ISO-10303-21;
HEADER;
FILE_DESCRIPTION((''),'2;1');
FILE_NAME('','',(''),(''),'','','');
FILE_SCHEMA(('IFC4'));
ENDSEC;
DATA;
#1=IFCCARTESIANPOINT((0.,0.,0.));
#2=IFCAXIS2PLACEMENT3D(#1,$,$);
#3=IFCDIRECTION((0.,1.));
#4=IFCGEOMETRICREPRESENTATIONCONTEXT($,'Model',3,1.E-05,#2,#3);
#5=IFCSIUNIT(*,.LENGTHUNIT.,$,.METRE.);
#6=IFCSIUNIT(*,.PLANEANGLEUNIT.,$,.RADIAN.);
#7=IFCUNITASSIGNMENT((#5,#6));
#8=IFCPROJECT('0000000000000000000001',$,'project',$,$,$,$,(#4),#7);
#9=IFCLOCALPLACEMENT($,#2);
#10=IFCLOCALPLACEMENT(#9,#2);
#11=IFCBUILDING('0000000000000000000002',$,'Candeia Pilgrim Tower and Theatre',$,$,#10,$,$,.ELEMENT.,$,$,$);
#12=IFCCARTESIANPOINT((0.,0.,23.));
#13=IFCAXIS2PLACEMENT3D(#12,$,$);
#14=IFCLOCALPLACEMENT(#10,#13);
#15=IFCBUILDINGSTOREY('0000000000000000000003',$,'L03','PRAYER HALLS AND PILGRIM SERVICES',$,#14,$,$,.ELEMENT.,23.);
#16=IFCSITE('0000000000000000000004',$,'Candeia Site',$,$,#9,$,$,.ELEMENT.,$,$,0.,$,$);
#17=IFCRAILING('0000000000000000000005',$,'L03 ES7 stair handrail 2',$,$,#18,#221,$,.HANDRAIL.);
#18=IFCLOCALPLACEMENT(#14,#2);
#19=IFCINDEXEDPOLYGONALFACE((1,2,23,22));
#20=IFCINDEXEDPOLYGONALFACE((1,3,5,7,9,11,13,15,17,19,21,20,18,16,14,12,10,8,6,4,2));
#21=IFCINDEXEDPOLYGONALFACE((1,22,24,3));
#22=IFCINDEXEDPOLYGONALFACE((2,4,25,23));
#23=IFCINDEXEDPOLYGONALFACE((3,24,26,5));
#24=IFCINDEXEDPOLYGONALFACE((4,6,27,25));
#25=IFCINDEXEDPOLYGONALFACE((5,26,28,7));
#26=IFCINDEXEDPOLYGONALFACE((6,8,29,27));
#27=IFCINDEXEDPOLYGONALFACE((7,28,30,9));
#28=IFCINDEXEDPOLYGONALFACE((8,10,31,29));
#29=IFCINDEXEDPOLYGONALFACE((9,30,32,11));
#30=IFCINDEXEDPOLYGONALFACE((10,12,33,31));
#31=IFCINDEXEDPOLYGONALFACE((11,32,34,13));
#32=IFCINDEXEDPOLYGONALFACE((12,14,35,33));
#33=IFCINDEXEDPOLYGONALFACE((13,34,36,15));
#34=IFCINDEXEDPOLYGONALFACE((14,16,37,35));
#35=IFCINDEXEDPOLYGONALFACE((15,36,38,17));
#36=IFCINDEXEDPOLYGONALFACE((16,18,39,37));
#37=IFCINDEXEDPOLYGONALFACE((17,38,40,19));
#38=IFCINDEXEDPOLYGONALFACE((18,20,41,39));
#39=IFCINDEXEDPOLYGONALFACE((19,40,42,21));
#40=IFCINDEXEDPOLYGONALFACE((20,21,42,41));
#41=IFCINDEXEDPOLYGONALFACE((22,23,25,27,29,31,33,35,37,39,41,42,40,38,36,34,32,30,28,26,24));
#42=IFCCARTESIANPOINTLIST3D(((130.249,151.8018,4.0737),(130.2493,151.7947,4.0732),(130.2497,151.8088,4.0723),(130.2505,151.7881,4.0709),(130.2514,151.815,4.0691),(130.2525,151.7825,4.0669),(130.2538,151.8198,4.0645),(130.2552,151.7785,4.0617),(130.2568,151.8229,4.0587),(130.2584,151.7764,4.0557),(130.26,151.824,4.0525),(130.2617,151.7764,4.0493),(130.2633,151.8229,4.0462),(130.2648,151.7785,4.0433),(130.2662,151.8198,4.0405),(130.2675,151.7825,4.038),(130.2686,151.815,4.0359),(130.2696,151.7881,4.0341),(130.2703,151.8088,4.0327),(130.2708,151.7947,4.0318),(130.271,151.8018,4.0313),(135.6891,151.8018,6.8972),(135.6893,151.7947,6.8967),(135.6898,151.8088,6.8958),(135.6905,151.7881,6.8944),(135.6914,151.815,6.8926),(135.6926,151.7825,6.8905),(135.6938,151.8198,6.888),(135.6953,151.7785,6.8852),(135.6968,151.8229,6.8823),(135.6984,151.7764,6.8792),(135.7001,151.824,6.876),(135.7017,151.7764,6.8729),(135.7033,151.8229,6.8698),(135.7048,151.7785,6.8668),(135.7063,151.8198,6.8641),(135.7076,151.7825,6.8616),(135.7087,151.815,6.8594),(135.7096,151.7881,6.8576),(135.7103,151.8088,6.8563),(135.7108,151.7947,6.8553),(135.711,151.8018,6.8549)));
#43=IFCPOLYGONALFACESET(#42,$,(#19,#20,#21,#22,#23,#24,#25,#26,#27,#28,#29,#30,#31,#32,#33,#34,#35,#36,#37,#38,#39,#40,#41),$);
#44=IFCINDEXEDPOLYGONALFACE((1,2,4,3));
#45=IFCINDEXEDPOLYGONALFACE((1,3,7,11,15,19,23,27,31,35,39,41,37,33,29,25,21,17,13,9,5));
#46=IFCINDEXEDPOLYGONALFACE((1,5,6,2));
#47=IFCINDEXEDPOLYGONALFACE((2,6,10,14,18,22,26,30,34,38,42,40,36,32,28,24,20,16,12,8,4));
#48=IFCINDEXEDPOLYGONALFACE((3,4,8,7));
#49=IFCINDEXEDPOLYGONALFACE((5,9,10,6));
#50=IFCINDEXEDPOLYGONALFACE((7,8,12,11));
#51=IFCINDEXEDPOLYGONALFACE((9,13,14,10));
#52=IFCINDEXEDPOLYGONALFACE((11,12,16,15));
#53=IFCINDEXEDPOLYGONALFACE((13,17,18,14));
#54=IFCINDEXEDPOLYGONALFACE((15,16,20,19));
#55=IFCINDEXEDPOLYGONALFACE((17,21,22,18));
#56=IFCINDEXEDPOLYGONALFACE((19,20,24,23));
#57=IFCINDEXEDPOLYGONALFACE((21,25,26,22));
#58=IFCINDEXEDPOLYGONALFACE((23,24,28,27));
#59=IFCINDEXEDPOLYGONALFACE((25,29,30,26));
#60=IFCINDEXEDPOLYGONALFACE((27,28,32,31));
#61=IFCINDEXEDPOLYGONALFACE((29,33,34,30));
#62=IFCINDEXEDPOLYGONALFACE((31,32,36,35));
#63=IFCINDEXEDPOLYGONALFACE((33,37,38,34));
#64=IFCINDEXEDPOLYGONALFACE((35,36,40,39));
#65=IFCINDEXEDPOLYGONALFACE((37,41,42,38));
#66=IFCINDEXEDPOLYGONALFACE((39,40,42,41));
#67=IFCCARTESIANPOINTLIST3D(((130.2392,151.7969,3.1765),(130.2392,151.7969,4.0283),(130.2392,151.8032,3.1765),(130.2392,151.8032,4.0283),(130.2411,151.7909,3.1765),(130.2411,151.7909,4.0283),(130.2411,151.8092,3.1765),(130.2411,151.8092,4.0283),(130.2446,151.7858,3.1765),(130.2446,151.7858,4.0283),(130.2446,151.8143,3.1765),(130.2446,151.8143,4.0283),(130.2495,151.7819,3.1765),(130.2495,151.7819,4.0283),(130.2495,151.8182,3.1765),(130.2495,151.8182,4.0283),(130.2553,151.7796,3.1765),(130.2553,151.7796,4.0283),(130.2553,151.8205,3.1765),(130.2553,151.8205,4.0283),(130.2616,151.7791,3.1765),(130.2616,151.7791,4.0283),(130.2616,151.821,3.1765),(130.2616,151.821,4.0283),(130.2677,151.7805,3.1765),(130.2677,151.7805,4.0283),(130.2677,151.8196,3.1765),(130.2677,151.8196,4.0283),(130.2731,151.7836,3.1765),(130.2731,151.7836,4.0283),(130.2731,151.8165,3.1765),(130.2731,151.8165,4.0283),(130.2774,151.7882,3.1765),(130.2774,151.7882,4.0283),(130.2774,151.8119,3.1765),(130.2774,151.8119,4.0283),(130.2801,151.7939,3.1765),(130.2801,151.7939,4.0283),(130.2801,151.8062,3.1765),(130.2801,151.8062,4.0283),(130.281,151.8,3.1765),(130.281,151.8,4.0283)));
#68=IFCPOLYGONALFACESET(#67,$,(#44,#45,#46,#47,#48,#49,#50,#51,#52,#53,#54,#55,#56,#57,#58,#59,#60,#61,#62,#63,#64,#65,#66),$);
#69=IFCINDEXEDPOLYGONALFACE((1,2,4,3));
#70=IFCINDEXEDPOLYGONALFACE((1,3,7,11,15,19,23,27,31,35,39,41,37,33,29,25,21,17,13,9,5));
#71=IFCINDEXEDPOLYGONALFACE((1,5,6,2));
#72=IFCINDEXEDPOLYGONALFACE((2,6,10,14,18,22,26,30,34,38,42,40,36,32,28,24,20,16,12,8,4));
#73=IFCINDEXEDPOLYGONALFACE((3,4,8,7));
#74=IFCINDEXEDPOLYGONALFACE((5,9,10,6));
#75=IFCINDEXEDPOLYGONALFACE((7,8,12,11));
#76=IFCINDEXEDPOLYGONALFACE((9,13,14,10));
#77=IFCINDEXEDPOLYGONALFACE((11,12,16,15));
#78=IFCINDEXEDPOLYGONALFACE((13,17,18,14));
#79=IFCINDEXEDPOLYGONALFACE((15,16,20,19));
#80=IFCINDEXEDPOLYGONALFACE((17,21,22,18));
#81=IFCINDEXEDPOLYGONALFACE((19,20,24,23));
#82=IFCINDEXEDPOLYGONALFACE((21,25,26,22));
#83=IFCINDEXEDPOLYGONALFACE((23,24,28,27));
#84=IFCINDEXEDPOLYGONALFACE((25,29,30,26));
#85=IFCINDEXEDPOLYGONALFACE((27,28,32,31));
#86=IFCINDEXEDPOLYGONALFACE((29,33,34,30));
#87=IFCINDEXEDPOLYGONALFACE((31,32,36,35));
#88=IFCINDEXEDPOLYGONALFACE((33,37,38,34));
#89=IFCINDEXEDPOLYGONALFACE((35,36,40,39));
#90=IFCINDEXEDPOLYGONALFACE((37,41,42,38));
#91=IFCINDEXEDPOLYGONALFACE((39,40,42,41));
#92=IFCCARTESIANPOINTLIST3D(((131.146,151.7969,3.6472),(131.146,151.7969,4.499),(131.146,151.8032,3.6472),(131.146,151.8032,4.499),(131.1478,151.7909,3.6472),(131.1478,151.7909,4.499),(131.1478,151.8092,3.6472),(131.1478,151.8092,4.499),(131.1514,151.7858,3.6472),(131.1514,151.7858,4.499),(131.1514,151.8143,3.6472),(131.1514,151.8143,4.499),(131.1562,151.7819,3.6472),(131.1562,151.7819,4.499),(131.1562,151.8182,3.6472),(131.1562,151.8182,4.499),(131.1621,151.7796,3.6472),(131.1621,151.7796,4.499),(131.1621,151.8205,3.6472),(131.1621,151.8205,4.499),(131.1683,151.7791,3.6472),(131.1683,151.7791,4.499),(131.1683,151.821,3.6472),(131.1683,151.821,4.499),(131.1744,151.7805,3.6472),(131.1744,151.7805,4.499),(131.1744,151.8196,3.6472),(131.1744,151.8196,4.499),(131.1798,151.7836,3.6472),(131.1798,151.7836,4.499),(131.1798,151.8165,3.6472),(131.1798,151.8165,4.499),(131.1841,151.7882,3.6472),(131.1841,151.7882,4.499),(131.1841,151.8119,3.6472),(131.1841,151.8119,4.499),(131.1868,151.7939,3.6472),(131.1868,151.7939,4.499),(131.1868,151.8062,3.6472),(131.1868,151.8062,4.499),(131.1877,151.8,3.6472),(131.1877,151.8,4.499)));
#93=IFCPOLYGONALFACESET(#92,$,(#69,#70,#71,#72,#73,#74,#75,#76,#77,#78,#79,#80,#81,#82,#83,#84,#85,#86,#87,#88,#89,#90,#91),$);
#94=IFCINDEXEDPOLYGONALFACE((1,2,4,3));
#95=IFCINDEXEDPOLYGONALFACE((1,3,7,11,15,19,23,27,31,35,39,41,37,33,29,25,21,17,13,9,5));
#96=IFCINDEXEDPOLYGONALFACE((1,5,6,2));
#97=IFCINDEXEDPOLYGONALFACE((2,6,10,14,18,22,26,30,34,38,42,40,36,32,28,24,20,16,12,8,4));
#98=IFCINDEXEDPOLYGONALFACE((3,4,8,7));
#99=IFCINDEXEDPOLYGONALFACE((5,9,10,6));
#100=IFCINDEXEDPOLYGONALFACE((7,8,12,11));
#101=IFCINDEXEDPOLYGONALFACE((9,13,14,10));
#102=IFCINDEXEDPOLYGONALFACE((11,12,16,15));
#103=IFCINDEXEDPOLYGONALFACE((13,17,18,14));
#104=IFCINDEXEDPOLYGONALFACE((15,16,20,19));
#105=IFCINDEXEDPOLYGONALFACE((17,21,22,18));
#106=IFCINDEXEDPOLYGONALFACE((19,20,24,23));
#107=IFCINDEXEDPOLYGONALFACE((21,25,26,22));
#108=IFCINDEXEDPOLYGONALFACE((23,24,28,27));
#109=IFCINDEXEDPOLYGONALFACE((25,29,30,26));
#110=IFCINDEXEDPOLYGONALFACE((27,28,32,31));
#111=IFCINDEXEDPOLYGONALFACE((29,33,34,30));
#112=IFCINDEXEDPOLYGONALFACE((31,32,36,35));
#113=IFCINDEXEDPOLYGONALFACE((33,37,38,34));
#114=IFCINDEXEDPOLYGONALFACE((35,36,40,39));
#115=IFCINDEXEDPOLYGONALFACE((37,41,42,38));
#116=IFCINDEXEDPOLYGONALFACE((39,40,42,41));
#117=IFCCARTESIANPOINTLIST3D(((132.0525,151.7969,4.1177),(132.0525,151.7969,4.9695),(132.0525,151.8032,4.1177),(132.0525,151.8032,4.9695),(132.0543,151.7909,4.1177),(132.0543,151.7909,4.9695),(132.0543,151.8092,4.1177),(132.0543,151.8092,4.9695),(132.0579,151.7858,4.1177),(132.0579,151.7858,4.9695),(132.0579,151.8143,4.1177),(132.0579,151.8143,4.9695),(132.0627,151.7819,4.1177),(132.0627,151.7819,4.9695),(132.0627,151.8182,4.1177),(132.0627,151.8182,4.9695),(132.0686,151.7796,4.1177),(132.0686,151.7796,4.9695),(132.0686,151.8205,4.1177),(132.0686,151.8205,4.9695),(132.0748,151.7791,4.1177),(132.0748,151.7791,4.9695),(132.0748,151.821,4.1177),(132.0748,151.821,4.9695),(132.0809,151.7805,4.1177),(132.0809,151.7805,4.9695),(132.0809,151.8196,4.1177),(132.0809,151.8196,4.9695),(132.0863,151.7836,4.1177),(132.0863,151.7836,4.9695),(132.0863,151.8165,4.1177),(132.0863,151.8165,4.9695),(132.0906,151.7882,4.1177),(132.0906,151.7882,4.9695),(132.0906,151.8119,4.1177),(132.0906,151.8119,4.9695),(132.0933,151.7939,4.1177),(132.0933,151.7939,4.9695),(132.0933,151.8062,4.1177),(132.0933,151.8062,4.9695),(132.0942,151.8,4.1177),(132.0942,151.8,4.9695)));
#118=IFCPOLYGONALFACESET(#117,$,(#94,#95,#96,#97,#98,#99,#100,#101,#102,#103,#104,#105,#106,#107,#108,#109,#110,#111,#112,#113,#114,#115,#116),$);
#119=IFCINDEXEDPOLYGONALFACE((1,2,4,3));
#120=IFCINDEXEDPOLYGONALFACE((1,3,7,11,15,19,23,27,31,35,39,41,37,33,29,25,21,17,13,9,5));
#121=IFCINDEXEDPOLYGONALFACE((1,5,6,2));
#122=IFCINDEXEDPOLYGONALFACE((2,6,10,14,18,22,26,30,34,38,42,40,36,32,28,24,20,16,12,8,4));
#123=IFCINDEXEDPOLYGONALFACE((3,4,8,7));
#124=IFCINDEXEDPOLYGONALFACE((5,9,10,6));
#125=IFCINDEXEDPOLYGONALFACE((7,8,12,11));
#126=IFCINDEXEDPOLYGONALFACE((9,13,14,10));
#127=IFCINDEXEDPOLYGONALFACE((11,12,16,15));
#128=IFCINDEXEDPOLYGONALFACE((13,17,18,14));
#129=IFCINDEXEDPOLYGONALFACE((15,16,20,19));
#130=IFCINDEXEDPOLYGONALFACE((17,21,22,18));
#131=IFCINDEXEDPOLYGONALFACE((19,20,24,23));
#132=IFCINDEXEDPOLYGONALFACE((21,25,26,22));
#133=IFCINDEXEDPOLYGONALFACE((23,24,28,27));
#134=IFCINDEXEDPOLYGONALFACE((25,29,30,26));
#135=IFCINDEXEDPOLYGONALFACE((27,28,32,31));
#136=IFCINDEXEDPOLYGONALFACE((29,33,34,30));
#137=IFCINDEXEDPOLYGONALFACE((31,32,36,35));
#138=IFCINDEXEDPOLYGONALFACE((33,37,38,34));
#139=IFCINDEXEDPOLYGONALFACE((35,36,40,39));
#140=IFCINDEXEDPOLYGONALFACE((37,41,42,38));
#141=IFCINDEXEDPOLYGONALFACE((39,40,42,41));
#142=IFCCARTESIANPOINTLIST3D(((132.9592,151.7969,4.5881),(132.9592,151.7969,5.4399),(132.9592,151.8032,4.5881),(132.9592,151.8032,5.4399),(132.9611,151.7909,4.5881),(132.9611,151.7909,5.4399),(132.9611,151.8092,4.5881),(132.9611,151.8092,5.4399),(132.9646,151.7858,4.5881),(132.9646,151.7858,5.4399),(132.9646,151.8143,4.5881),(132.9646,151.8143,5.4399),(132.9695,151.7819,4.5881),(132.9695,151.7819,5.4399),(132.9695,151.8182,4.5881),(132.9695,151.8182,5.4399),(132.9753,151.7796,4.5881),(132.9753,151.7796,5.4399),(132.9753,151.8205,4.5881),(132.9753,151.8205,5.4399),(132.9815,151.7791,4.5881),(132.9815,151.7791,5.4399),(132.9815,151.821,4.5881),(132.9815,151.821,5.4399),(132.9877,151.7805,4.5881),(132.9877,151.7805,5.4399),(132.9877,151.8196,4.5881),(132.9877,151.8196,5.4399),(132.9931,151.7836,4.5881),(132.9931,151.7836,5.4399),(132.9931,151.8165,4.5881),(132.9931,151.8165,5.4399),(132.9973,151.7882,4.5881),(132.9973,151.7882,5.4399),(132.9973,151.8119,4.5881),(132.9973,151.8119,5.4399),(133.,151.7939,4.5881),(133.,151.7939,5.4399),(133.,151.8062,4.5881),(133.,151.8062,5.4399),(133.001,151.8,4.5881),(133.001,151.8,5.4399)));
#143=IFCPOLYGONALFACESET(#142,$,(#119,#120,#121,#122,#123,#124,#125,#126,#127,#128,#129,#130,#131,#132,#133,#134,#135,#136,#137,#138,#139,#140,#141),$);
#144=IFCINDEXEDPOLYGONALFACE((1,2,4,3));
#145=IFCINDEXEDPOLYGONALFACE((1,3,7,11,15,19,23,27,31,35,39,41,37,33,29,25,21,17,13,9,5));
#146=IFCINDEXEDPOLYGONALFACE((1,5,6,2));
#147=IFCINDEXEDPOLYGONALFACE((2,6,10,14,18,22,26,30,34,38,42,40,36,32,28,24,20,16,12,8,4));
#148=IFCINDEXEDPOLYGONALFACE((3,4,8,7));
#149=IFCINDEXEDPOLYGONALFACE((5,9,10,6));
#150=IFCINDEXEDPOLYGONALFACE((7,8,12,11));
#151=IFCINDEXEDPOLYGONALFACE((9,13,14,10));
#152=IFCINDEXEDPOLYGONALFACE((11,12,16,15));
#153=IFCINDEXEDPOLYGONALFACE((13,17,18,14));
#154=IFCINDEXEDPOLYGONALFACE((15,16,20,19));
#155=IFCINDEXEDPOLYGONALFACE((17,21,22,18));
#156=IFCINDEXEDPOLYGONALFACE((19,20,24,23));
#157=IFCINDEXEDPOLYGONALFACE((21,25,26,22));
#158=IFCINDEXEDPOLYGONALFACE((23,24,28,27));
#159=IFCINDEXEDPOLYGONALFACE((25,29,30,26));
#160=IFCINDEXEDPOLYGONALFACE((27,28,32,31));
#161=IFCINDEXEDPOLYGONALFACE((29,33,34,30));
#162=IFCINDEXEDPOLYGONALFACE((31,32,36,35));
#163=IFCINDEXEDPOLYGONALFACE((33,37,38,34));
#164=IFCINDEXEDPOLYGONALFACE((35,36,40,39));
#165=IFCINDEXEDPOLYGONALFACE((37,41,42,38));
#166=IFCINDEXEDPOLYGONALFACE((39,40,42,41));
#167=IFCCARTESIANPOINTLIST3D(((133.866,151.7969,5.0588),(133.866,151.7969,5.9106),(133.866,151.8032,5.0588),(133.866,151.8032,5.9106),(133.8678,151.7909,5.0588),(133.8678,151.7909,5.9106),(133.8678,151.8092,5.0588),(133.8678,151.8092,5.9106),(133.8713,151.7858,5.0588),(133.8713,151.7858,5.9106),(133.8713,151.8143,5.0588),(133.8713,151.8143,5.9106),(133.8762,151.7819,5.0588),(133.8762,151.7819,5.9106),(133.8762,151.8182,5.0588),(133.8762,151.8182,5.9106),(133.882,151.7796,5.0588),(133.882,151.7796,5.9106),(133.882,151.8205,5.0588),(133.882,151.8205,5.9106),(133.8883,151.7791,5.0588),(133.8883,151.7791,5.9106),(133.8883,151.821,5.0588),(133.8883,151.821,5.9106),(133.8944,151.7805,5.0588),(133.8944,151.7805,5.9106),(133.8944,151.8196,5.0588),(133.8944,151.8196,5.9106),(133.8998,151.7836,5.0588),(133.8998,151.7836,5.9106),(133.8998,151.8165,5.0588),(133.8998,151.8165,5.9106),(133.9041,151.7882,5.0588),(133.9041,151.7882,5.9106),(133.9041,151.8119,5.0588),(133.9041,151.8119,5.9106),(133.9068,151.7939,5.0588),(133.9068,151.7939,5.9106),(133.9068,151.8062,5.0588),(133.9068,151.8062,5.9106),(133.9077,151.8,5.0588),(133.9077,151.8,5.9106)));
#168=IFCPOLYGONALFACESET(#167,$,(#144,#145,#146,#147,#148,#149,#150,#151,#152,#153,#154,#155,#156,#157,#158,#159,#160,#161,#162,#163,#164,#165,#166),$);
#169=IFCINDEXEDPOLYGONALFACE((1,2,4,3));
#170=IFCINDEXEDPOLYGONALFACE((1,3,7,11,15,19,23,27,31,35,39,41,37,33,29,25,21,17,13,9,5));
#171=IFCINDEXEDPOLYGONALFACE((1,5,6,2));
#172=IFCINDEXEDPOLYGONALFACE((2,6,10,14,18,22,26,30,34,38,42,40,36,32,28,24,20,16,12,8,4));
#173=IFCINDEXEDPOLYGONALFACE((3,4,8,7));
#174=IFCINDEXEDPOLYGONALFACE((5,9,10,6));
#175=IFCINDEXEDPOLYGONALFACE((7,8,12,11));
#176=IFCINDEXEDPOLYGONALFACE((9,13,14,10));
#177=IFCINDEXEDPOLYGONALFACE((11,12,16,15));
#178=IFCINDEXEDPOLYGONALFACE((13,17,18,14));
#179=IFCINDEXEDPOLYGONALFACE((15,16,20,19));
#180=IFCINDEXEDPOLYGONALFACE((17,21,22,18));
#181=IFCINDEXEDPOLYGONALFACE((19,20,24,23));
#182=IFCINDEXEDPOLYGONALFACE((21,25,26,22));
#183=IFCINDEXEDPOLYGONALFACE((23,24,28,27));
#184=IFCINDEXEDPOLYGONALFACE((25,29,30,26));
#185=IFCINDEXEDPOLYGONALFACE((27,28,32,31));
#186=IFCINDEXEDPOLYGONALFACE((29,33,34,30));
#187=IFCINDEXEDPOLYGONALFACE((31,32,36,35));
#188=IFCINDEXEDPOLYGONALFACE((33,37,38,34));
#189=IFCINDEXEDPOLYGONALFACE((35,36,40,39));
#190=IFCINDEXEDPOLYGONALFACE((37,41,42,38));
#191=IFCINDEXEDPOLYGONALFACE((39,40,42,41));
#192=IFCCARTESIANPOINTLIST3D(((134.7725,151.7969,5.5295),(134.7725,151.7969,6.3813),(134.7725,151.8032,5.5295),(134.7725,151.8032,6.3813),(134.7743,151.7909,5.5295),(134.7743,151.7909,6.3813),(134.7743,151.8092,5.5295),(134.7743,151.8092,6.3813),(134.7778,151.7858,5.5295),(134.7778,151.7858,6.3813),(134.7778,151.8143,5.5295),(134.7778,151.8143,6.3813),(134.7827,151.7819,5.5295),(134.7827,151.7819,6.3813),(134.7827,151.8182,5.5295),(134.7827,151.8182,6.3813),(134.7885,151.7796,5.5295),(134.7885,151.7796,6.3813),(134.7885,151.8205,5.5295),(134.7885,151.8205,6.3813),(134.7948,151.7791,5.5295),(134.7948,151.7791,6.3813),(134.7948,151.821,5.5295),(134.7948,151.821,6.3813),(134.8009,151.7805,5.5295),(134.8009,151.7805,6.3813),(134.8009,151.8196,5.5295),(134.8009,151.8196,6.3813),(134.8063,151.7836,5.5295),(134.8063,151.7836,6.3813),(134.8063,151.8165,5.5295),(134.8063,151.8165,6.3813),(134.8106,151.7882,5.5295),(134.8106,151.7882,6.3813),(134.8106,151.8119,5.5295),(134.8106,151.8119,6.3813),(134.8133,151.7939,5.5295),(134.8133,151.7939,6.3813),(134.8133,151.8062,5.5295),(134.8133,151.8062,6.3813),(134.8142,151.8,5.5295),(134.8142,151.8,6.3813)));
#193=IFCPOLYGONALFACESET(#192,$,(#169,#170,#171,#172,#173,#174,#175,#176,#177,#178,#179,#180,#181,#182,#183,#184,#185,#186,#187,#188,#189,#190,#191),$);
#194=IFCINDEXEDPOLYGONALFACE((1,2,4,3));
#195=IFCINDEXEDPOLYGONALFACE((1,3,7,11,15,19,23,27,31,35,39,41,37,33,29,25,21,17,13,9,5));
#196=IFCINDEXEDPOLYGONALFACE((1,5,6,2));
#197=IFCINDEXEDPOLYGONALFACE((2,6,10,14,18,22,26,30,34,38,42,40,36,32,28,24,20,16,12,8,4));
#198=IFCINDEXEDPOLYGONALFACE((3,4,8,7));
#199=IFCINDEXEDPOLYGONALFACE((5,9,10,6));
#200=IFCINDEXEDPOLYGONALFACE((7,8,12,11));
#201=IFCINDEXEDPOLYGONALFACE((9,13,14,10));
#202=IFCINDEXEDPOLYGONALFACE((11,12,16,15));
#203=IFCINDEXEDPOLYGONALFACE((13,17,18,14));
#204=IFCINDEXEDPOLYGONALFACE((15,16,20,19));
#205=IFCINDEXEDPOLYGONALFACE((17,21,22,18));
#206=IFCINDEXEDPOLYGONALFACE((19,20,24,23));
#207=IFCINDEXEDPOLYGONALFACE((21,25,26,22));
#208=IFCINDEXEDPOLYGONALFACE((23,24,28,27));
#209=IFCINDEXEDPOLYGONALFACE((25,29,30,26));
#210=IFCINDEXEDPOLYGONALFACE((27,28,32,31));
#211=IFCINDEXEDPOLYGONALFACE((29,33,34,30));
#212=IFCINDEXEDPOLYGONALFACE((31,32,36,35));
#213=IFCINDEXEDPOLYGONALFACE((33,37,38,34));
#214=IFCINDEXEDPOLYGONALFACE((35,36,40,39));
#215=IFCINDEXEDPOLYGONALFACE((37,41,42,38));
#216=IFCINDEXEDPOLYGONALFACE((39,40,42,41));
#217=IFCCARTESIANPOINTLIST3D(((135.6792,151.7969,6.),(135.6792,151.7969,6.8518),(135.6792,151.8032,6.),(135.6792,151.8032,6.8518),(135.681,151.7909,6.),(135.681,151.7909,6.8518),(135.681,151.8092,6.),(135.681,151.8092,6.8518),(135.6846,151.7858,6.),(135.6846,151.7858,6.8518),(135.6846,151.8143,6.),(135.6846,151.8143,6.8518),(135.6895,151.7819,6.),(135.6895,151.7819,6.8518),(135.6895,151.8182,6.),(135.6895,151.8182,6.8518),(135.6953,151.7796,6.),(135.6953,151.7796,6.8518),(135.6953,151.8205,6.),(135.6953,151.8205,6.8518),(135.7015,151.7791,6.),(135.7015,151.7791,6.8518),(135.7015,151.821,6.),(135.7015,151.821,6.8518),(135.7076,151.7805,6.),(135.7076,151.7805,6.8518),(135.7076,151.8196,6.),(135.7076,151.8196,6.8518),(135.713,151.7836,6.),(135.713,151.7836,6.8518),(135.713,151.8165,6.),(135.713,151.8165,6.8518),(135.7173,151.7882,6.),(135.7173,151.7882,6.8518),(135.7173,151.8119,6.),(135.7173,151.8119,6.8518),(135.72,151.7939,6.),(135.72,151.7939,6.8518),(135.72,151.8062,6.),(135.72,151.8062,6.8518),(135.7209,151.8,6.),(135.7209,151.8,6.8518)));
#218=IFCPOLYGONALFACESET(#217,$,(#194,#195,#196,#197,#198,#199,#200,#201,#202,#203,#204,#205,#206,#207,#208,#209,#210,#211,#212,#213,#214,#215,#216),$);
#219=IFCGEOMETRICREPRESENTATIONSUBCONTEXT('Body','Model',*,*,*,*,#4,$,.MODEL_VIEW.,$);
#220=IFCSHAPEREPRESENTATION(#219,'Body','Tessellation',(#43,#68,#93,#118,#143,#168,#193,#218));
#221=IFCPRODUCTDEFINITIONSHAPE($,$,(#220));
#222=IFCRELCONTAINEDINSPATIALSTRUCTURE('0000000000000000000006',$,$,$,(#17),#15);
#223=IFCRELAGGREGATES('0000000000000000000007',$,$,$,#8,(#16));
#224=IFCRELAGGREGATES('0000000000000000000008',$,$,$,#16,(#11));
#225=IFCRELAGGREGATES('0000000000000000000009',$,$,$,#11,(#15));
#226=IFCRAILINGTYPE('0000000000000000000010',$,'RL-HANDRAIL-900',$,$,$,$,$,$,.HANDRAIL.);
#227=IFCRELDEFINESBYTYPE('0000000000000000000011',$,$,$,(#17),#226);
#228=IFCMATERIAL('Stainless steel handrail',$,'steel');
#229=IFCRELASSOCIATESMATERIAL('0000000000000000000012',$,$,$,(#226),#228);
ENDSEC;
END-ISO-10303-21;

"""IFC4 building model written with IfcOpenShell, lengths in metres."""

from ifc_helpers import new_model, si_unit, direction, frame, origin, origin_2d, place, context, subcontext, project, spatial, circle, extrude, material, type_object, element, save


model = new_model("IFC4")

# Units and contexts
model_context = context("Model", 3, precision=1e-05, world=origin(), true_north=direction((0.0, 1.0)))
body_context = subcontext(model_context, "Body", "Model", "MODEL_VIEW")
ifc_project = project(units=[si_unit("LENGTHUNIT", "METRE"), si_unit("PLANEANGLEUNIT", "RADIAN")], contexts=[model_context])

# Site, building, storey
site_placement = place(None, origin())
site = spatial("IfcSite", under=ifc_project, at=site_placement, Name="Candeia Site", CompositionType="ELEMENT", RefElevation=0.0)
building_placement = place(site_placement, origin())
building = spatial("IfcBuilding", under=site, at=building_placement, Name="Candeia Pilgrim Tower and Theatre", CompositionType="ELEMENT")
storey_placement = place(building_placement, frame((0.0, 0.0, 23.0)))
storey = spatial("IfcBuildingStorey", under=building, at=storey_placement, Name="L03", Description="PRAYER HALLS AND PILGRIM SERVICES", CompositionType="ELEMENT", Elevation=23.0)

# Railing
ifc_material_1 = material(Name="Stainless steel handrail", Category="steel")
railing_type_1 = type_object("IfcRailingType", Name="RL-HANDRAIL-900", PredefinedType="HANDRAIL", material=ifc_material_1)
railing_1_placement = place(storey_placement, frame((130.26, 151.8, 3.1765)))
element("IfcRailing", 1, at=railing_1_placement, inside=storey, type_object=railing_type_1, Name="L03 ES7 stair handrail 2", PredefinedType="HANDRAIL", context=body_context, shape_type="SweptSolid", body=[
    extrude(circle(Radius=0.0239, at=origin_2d()), frame((0.0, 0.0, 0.876), z_axis=(0.887569, 0.0, 0.460674), x_axis=(0.0, 1.0, 0.0)), (0.0, 0.0, 1.0), 6.1292),
    extrude(circle(Radius=0.021, at=origin_2d()), origin(), (0.0, 0.0, 1.0), 0.8518),
    extrude(circle(Radius=0.021, at=origin_2d()), frame((0.9067, 0.0, 0.4707)), (0.0, 0.0, 1.0), 0.8518),
    extrude(circle(Radius=0.021, at=origin_2d()), frame((1.8132, 0.0, 0.9412)), (0.0, 0.0, 1.0), 0.8518),
    extrude(circle(Radius=0.021, at=origin_2d()), frame((2.72, 0.0, 1.4116)), (0.0, 0.0, 1.0), 0.8518),
    extrude(circle(Radius=0.021, at=origin_2d()), frame((3.6267, 0.0, 1.8823)), (0.0, 0.0, 1.0), 0.8518),
    extrude(circle(Radius=0.021, at=origin_2d()), frame((4.5332, 0.0, 2.353)), (0.0, 0.0, 1.0), 0.8518),
    extrude(circle(Radius=0.021, at=origin_2d()), frame((5.4399, 0.0, 2.8235)), (0.0, 0.0, 1.0), 0.8518),
])

save(model, "model.ifc")
